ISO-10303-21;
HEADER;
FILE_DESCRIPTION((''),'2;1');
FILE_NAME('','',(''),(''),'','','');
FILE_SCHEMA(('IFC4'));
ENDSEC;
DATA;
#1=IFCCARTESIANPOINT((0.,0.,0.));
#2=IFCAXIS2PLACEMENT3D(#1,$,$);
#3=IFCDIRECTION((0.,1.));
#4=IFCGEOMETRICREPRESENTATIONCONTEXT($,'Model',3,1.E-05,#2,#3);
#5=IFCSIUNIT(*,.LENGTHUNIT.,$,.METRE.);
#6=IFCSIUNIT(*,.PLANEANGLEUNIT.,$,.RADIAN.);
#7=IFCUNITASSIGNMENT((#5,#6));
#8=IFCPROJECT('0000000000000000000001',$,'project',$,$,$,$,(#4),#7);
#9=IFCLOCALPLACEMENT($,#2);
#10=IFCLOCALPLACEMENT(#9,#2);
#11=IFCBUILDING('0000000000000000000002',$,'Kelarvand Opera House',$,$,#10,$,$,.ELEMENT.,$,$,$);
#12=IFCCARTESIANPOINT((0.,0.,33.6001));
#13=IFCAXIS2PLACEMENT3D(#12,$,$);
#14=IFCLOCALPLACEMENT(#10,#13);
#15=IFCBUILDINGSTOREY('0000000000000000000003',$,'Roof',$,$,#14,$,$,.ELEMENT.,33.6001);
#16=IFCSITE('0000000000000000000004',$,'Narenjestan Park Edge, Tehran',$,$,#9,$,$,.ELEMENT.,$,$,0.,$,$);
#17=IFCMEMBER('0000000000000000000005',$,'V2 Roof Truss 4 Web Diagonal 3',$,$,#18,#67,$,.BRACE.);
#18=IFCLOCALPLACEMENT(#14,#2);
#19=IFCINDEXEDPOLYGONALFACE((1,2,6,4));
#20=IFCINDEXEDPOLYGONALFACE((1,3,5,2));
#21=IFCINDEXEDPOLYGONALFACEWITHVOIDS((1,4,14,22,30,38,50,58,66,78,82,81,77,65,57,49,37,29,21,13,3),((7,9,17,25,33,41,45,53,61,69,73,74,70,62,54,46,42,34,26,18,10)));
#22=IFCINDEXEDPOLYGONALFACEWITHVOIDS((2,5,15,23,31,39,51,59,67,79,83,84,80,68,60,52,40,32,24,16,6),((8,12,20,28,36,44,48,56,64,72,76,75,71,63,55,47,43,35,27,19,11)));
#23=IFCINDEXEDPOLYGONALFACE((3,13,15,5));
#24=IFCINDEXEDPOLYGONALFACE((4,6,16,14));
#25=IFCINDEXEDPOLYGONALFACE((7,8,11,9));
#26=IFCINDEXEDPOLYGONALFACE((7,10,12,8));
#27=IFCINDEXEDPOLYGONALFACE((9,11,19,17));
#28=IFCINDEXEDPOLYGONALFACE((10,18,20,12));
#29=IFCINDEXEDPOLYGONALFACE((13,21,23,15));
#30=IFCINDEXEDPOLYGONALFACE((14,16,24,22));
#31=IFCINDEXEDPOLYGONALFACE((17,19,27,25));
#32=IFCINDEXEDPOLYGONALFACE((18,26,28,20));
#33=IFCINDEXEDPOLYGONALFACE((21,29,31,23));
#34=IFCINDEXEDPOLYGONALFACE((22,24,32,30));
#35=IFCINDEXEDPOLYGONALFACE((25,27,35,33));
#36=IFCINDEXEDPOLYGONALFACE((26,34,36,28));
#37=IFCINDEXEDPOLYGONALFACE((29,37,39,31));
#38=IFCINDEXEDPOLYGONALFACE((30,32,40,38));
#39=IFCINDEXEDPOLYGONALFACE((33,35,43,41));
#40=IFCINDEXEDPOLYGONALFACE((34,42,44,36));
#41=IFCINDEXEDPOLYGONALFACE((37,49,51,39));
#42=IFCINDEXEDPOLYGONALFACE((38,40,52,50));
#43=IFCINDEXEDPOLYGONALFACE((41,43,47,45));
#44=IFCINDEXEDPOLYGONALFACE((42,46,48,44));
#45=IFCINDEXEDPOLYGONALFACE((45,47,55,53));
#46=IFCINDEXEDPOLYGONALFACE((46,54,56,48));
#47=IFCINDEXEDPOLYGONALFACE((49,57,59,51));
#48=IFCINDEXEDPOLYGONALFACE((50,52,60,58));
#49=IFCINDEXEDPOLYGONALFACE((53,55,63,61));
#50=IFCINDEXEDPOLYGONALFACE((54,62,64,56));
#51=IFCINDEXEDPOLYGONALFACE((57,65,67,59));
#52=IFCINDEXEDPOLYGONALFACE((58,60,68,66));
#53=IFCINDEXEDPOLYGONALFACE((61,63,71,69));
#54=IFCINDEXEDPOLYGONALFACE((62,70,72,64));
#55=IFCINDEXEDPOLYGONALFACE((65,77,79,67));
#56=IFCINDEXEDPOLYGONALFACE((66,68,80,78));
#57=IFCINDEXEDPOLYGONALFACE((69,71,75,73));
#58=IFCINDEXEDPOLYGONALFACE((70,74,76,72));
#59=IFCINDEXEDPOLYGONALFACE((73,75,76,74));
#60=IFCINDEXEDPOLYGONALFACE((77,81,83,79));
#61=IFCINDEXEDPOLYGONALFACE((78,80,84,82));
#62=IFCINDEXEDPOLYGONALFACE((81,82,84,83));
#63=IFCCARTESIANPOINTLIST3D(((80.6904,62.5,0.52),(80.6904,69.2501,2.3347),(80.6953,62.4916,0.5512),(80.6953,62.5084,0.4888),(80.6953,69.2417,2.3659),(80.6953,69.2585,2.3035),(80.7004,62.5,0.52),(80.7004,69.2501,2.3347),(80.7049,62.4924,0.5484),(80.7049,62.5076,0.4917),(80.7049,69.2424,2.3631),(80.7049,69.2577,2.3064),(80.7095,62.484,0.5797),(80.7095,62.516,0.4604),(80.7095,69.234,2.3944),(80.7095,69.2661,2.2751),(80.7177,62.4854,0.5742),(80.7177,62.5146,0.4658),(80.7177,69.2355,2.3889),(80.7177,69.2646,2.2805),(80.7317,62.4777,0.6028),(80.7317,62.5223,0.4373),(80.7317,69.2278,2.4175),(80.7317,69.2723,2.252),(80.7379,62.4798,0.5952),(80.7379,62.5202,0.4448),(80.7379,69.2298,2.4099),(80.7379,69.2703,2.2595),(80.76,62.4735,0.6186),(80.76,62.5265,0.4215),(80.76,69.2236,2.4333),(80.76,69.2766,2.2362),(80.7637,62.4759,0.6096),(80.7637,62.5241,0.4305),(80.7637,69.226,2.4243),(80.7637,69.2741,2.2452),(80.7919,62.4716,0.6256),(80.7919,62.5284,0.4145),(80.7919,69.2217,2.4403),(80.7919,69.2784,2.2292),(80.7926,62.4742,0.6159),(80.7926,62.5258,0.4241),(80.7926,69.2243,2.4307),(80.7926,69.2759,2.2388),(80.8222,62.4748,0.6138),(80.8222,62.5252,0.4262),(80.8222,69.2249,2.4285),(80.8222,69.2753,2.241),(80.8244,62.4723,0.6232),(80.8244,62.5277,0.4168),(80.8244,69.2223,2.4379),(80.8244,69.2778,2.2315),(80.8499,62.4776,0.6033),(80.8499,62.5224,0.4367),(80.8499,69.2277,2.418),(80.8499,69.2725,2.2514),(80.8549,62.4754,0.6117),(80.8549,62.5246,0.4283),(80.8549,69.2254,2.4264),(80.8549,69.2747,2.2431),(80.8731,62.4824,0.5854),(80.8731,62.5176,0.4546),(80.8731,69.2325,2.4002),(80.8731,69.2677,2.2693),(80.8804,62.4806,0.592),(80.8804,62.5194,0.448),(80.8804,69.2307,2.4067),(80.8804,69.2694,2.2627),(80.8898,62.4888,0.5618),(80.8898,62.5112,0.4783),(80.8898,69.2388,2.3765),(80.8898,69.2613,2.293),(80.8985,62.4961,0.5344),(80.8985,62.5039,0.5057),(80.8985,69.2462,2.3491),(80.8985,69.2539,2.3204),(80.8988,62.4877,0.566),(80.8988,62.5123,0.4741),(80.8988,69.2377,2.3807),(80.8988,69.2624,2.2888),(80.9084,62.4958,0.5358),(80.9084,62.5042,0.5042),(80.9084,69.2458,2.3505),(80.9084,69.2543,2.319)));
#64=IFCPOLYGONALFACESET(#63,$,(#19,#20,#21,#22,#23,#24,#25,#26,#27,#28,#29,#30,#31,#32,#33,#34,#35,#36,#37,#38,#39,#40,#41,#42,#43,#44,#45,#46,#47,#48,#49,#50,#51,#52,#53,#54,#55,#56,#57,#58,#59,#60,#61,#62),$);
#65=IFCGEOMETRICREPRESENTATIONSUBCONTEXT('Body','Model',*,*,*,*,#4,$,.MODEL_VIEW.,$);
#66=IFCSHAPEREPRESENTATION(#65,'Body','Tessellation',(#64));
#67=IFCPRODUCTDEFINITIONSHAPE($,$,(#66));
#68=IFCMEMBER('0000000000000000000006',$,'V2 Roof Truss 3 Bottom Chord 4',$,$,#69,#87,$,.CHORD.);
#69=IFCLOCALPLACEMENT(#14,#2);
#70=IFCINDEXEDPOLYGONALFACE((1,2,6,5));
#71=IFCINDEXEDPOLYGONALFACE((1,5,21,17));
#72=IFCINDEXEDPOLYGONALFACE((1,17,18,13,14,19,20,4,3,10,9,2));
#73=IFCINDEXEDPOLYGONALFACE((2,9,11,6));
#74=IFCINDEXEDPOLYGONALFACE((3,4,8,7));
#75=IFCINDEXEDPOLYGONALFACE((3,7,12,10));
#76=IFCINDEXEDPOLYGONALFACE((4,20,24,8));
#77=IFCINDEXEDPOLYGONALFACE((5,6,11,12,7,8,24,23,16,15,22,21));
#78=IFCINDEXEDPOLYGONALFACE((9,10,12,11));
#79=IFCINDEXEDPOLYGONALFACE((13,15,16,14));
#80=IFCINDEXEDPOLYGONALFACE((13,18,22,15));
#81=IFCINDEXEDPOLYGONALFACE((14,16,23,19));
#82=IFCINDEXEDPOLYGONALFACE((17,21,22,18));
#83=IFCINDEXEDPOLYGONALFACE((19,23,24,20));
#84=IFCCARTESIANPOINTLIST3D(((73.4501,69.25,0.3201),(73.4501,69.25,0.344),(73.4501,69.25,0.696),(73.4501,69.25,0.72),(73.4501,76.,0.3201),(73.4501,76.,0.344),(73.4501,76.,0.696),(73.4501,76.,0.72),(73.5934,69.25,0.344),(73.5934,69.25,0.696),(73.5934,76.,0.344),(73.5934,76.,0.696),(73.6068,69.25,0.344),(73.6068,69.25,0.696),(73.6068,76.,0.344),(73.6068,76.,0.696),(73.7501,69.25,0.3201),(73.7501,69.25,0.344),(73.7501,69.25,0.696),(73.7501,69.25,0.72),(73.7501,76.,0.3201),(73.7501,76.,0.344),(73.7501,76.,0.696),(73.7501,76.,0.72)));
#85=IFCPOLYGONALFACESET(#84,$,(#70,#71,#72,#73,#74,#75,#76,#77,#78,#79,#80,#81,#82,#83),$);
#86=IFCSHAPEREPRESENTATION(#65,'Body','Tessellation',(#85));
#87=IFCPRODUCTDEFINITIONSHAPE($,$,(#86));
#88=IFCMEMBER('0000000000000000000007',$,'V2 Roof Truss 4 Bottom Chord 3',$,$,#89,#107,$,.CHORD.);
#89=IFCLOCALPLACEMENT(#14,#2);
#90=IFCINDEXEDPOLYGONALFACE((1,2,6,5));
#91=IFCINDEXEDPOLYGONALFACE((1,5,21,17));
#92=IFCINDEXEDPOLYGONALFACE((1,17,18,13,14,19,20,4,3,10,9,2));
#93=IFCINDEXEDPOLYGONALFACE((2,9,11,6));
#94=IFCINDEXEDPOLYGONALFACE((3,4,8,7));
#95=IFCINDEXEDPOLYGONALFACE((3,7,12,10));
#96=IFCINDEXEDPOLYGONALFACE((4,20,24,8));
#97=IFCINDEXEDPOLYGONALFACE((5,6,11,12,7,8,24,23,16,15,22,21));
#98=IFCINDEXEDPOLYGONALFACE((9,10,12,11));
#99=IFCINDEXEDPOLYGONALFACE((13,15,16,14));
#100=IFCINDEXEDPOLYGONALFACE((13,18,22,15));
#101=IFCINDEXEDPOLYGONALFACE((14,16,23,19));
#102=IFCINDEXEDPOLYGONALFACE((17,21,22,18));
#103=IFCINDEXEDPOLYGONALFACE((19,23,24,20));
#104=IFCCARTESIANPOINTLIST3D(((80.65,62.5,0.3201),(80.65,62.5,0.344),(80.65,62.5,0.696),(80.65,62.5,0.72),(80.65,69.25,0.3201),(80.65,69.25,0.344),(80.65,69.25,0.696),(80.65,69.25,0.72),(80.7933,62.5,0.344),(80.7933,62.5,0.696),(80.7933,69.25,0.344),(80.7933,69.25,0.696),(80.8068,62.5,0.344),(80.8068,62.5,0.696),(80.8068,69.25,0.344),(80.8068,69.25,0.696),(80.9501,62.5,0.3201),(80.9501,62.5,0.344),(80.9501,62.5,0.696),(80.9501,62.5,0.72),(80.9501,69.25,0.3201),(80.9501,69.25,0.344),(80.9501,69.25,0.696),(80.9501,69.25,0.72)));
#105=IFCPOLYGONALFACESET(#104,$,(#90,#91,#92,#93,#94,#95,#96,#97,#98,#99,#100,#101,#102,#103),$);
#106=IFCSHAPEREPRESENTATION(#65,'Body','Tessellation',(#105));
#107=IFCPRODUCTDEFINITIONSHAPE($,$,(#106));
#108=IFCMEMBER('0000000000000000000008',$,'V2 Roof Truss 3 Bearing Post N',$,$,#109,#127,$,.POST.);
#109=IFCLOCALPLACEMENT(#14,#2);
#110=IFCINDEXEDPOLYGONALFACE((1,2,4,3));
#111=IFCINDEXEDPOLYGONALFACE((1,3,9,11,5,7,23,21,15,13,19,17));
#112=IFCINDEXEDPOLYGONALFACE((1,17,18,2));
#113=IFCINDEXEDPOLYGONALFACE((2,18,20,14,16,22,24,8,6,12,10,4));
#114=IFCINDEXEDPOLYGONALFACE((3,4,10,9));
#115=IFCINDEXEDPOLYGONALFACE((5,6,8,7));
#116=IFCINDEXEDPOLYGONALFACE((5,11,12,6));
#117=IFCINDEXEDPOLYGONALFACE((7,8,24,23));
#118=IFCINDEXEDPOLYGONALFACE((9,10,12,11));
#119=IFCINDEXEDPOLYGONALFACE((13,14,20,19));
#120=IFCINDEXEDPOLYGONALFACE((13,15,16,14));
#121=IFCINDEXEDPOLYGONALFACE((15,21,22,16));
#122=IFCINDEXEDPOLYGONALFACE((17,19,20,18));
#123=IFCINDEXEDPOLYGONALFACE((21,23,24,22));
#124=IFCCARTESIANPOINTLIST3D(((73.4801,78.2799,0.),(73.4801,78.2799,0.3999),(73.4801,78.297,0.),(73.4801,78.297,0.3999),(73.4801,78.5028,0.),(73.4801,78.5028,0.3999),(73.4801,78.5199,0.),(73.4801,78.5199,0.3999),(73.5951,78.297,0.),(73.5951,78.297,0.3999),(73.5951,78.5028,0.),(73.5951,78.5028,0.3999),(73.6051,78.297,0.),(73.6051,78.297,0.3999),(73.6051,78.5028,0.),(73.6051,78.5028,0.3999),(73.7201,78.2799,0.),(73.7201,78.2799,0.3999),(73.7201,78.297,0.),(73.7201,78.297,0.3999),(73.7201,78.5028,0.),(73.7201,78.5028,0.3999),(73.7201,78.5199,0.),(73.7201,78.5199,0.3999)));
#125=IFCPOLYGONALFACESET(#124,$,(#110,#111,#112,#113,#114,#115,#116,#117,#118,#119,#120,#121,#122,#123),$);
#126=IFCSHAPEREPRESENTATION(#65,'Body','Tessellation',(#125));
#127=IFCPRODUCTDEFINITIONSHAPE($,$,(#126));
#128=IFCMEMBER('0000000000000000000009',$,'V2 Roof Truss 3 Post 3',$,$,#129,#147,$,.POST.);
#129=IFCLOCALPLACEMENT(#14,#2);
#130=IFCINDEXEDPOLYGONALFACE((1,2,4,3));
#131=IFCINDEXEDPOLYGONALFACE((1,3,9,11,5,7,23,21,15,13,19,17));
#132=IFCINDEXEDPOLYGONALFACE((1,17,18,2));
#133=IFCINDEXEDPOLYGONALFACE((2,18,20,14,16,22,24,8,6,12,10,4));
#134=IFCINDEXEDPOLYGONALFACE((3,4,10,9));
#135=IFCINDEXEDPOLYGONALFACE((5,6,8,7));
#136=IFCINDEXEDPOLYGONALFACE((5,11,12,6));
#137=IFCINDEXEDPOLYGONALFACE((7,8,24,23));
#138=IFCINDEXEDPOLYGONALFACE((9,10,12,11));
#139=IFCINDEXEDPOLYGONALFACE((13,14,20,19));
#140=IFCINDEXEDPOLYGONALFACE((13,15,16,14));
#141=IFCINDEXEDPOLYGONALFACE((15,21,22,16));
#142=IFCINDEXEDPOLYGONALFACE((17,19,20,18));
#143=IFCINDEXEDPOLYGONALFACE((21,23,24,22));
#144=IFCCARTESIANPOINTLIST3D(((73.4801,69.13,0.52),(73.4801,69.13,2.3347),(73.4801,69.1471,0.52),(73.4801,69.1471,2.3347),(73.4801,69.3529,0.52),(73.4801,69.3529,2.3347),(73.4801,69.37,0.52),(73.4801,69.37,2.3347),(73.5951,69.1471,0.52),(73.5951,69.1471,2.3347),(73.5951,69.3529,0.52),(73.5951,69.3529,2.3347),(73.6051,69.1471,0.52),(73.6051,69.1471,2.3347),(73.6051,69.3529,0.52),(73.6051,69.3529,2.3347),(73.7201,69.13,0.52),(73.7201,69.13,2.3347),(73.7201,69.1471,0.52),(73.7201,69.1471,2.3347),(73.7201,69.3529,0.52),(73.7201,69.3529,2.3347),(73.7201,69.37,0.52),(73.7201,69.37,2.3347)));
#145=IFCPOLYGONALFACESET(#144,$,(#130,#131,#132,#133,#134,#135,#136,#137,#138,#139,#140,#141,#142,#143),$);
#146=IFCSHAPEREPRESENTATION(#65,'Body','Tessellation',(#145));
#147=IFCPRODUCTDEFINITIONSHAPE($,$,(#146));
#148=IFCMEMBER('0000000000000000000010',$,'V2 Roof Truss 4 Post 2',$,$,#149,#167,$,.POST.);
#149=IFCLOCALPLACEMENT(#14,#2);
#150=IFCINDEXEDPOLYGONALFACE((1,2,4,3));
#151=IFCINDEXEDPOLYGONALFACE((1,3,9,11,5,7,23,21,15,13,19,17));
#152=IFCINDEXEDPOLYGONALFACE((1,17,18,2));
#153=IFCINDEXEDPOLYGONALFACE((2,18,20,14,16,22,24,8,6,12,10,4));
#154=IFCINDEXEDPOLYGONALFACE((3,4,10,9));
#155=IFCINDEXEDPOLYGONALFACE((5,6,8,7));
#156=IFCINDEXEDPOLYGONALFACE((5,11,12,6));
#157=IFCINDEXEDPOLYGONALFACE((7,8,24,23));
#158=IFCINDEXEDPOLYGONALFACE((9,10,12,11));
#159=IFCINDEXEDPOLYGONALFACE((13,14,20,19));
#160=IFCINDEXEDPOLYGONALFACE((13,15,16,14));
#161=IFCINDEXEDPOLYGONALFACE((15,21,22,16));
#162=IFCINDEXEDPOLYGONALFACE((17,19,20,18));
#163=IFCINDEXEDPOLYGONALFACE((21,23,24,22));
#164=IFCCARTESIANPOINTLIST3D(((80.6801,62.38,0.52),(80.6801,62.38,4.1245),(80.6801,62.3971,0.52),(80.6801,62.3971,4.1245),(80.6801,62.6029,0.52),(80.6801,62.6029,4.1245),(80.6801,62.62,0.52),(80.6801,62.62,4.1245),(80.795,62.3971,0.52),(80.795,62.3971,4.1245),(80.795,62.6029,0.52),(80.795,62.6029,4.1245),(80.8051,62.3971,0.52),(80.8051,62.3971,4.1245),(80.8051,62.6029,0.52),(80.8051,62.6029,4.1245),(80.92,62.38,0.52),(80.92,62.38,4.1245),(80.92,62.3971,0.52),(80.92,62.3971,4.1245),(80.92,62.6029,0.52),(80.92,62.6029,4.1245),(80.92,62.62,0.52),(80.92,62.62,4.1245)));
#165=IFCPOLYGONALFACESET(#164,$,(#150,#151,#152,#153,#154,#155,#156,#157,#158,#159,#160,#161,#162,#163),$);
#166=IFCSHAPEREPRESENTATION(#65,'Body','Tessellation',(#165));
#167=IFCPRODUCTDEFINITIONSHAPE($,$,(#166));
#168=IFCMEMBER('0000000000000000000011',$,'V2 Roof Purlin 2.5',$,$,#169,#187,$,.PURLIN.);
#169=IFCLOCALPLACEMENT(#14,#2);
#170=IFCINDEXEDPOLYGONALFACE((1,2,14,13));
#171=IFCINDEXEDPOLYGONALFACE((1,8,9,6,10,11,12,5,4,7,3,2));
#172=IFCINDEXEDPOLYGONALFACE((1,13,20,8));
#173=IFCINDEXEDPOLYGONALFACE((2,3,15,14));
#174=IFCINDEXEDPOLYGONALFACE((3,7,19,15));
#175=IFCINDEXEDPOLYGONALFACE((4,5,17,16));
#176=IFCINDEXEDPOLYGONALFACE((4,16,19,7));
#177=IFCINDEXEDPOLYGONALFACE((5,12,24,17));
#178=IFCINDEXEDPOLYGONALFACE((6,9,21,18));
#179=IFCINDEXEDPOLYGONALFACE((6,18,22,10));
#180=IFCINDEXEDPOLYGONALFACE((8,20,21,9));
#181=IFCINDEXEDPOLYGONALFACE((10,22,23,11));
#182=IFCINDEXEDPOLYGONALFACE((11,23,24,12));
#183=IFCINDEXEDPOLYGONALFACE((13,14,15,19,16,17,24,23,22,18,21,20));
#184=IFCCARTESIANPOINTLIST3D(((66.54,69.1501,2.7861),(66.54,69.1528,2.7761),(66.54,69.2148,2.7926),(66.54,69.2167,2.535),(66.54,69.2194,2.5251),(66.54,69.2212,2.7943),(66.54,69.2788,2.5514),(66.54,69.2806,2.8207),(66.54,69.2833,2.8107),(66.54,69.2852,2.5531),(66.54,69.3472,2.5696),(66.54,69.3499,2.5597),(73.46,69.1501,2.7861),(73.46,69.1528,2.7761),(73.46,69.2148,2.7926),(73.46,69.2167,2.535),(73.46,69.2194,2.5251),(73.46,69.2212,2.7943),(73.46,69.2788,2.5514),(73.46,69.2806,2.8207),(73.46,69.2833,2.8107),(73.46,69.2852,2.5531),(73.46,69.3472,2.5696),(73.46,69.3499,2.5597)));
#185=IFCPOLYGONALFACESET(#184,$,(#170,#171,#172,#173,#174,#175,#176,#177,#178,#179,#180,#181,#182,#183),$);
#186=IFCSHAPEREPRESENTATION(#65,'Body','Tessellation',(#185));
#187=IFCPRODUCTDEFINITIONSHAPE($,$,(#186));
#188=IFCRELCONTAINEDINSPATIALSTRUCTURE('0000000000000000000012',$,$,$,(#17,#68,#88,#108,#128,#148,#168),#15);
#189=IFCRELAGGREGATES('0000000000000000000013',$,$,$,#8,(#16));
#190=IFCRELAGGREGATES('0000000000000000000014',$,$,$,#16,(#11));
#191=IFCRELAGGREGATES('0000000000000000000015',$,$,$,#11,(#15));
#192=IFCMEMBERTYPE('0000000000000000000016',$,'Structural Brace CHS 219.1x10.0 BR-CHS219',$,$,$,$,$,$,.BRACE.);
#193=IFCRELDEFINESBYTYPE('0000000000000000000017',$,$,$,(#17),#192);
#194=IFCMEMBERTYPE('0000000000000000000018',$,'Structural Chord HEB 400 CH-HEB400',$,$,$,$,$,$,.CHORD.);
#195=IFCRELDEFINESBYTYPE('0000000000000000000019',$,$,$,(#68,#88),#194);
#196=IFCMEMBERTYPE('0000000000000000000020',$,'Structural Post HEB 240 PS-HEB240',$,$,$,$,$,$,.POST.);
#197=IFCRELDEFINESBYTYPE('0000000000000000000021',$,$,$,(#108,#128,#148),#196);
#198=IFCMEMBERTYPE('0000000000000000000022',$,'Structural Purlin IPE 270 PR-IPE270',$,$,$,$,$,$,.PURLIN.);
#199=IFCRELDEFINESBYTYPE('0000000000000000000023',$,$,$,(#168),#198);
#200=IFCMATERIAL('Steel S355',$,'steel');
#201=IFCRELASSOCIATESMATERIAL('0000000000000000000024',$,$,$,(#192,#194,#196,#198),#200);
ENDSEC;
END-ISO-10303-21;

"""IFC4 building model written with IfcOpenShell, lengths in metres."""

from ifc_helpers import new_model, si_unit, direction, frame, origin, origin_2d, place, context, subcontext, project, spatial, hollow_circle, i_section, extrude, material, material_profile, profile_set, type_object, element, save


model = new_model("IFC4")

# Units and contexts
model_context = context("Model", 3, precision=1e-05, world=origin(), true_north=direction((0.0, 1.0)))
body_context = subcontext(model_context, "Body", "Model", "MODEL_VIEW")
ifc_project = project(units=[si_unit("LENGTHUNIT", "METRE"), si_unit("PLANEANGLEUNIT", "RADIAN")], contexts=[model_context])

# Site, building, storey
site_placement = place(None, origin())
site = spatial("IfcSite", under=ifc_project, at=site_placement, Name="Narenjestan Park Edge, Tehran", CompositionType="ELEMENT", RefElevation=0.0)
building_placement = place(site_placement, origin())
building = spatial("IfcBuilding", under=site, at=building_placement, Name="Kelarvand Opera House", CompositionType="ELEMENT")
storey_placement = place(building_placement, frame((0.0, 0.0, 33.6001)))
storey = spatial("IfcBuildingStorey", under=building, at=storey_placement, Name="Roof", CompositionType="ELEMENT", Elevation=33.6001)

# Members
ifc_material = material(Name="Steel S355", Category="steel")
ifc_material_profile_1 = material_profile(ifc_material, hollow_circle(Radius=0.1096, WallThickness=0.01, at=origin_2d()), Name="CHS 219.1x10.0", Category="steel")
ifc_profile_set_1 = profile_set([ifc_material_profile_1], Name="Steel S355")
member_type_1 = type_object("IfcMemberType", Name="Structural Brace CHS 219.1x10.0 BR-CHS219", PredefinedType="BRACE", material=ifc_profile_set_1)
for number, where, z_axis, x_axis, name in (
    (1, (80.8, 62.5, 0.52), (0.0, 0.965709, 0.259625), (-1.0, 0.0, 0.0), "V2 Roof Truss 4 Web Diagonal 3"),
):
    element("IfcMember", number, at=place(storey_placement, frame(where, z_axis=z_axis, x_axis=x_axis)), inside=storey, type_object=member_type_1, Name=name, PredefinedType="BRACE", context=body_context, shape_type="SweptSolid", body=[
        extrude(hollow_circle(Radius=0.1096, WallThickness=0.01, at=origin_2d()), origin(), (0.0, 0.0, 1.0), 6.9897),
    ])
ifc_material_profile_2 = material_profile(ifc_material, i_section(OverallWidth=0.3, OverallDepth=0.3999, WebThickness=0.0134, FlangeThickness=0.0239, at=origin_2d()), Name="HEB 400", Category="steel")
ifc_profile_set_2 = profile_set([ifc_material_profile_2], Name="Steel S355")
member_type_2 = type_object("IfcMemberType", Name="Structural Chord HEB 400 CH-HEB400", PredefinedType="CHORD", material=ifc_profile_set_2)
for number, where, z_axis, x_axis, name in (
    (2, (73.6001, 69.25, 0.52), (0.0, 1.0, 0.0), (-1.0, 0.0, 0.0), "V2 Roof Truss 3 Bottom Chord 4"),
    (3, (80.8, 62.5, 0.52), (0.0, 1.0, 0.0), (-1.0, 0.0, 0.0), "V2 Roof Truss 4 Bottom Chord 3"),
):
    element("IfcMember", number, at=place(storey_placement, frame(where, z_axis=z_axis, x_axis=x_axis)), inside=storey, type_object=member_type_2, Name=name, PredefinedType="CHORD", context=body_context, shape_type="SweptSolid", body=[
        extrude(i_section(OverallWidth=0.3, OverallDepth=0.3999, WebThickness=0.0134, FlangeThickness=0.0239, at=origin_2d()), origin(), (0.0, 0.0, 1.0), 6.75),
    ])
ifc_material_profile_3 = material_profile(ifc_material, i_section(OverallWidth=0.24, OverallDepth=0.24, WebThickness=0.01, FlangeThickness=0.0171, at=origin_2d()), Name="HEB 240", Category="steel")
ifc_profile_set_3 = profile_set([ifc_material_profile_3], Name="Steel S355")
member_type_3 = type_object("IfcMemberType", Name="Structural Post HEB 240 PS-HEB240", PredefinedType="POST", material=ifc_profile_set_3)
member_1_placement = place(storey_placement, frame((73.6001, 78.3999, 0.0), z_axis=(0.0, 0.0, 1.0), x_axis=(1.0, 0.0, 0.0)))
element("IfcMember", 4, at=member_1_placement, inside=storey, type_object=member_type_3, Name="V2 Roof Truss 3 Bearing Post N", PredefinedType="POST", context=body_context, shape_type="SweptSolid", body=[
    extrude(i_section(OverallWidth=0.24, OverallDepth=0.24, WebThickness=0.01, FlangeThickness=0.0171, at=origin_2d()), origin(), (0.0, 0.0, 1.0), 0.3999),
])
member_2_placement = place(storey_placement, frame((73.6001, 69.25, 0.52), z_axis=(0.0, 0.0, 1.0), x_axis=(1.0, 0.0, 0.0)))
element("IfcMember", 5, at=member_2_placement, inside=storey, type_object=member_type_3, Name="V2 Roof Truss 3 Post 3", PredefinedType="POST", context=body_context, shape_type="SweptSolid", body=[
    extrude(i_section(OverallWidth=0.24, OverallDepth=0.24, WebThickness=0.01, FlangeThickness=0.0171, at=origin_2d()), origin(), (0.0, 0.0, 1.0), 1.8147),
])
member_3_placement = place(storey_placement, frame((80.8, 62.5, 0.52), z_axis=(0.0, 0.0, 1.0), x_axis=(1.0, 0.0, 0.0)))
element("IfcMember", 6, at=member_3_placement, inside=storey, type_object=member_type_3, Name="V2 Roof Truss 4 Post 2", PredefinedType="POST", context=body_context, shape_type="SweptSolid", body=[
    extrude(i_section(OverallWidth=0.24, OverallDepth=0.24, WebThickness=0.01, FlangeThickness=0.0171, at=origin_2d()), origin(), (0.0, 0.0, 1.0), 3.6045),
])
ifc_material_profile_4 = material_profile(ifc_material, i_section(OverallWidth=0.135, OverallDepth=0.27, WebThickness=0.0066, FlangeThickness=0.0103, at=origin_2d()), Name="IPE 270", Category="steel")
ifc_profile_set_4 = profile_set([ifc_material_profile_4], Name="Steel S355")
member_type_4 = type_object("IfcMemberType", Name="Structural Purlin IPE 270 PR-IPE270", PredefinedType="PURLIN", material=ifc_profile_set_4)
for number, where, z_axis, x_axis, name in (
    (7, (66.54, 69.25, 2.6729), (1.0, 0.0, 0.0), (0.0, 0.9666, 0.256289), "V2 Roof Purlin 2.5"),
):
    element("IfcMember", number, at=place(storey_placement, frame(where, z_axis=z_axis, x_axis=x_axis)), inside=storey, type_object=member_type_4, Name=name, PredefinedType="PURLIN", context=body_context, shape_type="SweptSolid", body=[
        extrude(i_section(OverallWidth=0.135, OverallDepth=0.27, WebThickness=0.0066, FlangeThickness=0.0103, at=origin_2d()), origin(), (0.0, 0.0, 1.0), 6.9199),
    ])

save(model, "model.ifc")
